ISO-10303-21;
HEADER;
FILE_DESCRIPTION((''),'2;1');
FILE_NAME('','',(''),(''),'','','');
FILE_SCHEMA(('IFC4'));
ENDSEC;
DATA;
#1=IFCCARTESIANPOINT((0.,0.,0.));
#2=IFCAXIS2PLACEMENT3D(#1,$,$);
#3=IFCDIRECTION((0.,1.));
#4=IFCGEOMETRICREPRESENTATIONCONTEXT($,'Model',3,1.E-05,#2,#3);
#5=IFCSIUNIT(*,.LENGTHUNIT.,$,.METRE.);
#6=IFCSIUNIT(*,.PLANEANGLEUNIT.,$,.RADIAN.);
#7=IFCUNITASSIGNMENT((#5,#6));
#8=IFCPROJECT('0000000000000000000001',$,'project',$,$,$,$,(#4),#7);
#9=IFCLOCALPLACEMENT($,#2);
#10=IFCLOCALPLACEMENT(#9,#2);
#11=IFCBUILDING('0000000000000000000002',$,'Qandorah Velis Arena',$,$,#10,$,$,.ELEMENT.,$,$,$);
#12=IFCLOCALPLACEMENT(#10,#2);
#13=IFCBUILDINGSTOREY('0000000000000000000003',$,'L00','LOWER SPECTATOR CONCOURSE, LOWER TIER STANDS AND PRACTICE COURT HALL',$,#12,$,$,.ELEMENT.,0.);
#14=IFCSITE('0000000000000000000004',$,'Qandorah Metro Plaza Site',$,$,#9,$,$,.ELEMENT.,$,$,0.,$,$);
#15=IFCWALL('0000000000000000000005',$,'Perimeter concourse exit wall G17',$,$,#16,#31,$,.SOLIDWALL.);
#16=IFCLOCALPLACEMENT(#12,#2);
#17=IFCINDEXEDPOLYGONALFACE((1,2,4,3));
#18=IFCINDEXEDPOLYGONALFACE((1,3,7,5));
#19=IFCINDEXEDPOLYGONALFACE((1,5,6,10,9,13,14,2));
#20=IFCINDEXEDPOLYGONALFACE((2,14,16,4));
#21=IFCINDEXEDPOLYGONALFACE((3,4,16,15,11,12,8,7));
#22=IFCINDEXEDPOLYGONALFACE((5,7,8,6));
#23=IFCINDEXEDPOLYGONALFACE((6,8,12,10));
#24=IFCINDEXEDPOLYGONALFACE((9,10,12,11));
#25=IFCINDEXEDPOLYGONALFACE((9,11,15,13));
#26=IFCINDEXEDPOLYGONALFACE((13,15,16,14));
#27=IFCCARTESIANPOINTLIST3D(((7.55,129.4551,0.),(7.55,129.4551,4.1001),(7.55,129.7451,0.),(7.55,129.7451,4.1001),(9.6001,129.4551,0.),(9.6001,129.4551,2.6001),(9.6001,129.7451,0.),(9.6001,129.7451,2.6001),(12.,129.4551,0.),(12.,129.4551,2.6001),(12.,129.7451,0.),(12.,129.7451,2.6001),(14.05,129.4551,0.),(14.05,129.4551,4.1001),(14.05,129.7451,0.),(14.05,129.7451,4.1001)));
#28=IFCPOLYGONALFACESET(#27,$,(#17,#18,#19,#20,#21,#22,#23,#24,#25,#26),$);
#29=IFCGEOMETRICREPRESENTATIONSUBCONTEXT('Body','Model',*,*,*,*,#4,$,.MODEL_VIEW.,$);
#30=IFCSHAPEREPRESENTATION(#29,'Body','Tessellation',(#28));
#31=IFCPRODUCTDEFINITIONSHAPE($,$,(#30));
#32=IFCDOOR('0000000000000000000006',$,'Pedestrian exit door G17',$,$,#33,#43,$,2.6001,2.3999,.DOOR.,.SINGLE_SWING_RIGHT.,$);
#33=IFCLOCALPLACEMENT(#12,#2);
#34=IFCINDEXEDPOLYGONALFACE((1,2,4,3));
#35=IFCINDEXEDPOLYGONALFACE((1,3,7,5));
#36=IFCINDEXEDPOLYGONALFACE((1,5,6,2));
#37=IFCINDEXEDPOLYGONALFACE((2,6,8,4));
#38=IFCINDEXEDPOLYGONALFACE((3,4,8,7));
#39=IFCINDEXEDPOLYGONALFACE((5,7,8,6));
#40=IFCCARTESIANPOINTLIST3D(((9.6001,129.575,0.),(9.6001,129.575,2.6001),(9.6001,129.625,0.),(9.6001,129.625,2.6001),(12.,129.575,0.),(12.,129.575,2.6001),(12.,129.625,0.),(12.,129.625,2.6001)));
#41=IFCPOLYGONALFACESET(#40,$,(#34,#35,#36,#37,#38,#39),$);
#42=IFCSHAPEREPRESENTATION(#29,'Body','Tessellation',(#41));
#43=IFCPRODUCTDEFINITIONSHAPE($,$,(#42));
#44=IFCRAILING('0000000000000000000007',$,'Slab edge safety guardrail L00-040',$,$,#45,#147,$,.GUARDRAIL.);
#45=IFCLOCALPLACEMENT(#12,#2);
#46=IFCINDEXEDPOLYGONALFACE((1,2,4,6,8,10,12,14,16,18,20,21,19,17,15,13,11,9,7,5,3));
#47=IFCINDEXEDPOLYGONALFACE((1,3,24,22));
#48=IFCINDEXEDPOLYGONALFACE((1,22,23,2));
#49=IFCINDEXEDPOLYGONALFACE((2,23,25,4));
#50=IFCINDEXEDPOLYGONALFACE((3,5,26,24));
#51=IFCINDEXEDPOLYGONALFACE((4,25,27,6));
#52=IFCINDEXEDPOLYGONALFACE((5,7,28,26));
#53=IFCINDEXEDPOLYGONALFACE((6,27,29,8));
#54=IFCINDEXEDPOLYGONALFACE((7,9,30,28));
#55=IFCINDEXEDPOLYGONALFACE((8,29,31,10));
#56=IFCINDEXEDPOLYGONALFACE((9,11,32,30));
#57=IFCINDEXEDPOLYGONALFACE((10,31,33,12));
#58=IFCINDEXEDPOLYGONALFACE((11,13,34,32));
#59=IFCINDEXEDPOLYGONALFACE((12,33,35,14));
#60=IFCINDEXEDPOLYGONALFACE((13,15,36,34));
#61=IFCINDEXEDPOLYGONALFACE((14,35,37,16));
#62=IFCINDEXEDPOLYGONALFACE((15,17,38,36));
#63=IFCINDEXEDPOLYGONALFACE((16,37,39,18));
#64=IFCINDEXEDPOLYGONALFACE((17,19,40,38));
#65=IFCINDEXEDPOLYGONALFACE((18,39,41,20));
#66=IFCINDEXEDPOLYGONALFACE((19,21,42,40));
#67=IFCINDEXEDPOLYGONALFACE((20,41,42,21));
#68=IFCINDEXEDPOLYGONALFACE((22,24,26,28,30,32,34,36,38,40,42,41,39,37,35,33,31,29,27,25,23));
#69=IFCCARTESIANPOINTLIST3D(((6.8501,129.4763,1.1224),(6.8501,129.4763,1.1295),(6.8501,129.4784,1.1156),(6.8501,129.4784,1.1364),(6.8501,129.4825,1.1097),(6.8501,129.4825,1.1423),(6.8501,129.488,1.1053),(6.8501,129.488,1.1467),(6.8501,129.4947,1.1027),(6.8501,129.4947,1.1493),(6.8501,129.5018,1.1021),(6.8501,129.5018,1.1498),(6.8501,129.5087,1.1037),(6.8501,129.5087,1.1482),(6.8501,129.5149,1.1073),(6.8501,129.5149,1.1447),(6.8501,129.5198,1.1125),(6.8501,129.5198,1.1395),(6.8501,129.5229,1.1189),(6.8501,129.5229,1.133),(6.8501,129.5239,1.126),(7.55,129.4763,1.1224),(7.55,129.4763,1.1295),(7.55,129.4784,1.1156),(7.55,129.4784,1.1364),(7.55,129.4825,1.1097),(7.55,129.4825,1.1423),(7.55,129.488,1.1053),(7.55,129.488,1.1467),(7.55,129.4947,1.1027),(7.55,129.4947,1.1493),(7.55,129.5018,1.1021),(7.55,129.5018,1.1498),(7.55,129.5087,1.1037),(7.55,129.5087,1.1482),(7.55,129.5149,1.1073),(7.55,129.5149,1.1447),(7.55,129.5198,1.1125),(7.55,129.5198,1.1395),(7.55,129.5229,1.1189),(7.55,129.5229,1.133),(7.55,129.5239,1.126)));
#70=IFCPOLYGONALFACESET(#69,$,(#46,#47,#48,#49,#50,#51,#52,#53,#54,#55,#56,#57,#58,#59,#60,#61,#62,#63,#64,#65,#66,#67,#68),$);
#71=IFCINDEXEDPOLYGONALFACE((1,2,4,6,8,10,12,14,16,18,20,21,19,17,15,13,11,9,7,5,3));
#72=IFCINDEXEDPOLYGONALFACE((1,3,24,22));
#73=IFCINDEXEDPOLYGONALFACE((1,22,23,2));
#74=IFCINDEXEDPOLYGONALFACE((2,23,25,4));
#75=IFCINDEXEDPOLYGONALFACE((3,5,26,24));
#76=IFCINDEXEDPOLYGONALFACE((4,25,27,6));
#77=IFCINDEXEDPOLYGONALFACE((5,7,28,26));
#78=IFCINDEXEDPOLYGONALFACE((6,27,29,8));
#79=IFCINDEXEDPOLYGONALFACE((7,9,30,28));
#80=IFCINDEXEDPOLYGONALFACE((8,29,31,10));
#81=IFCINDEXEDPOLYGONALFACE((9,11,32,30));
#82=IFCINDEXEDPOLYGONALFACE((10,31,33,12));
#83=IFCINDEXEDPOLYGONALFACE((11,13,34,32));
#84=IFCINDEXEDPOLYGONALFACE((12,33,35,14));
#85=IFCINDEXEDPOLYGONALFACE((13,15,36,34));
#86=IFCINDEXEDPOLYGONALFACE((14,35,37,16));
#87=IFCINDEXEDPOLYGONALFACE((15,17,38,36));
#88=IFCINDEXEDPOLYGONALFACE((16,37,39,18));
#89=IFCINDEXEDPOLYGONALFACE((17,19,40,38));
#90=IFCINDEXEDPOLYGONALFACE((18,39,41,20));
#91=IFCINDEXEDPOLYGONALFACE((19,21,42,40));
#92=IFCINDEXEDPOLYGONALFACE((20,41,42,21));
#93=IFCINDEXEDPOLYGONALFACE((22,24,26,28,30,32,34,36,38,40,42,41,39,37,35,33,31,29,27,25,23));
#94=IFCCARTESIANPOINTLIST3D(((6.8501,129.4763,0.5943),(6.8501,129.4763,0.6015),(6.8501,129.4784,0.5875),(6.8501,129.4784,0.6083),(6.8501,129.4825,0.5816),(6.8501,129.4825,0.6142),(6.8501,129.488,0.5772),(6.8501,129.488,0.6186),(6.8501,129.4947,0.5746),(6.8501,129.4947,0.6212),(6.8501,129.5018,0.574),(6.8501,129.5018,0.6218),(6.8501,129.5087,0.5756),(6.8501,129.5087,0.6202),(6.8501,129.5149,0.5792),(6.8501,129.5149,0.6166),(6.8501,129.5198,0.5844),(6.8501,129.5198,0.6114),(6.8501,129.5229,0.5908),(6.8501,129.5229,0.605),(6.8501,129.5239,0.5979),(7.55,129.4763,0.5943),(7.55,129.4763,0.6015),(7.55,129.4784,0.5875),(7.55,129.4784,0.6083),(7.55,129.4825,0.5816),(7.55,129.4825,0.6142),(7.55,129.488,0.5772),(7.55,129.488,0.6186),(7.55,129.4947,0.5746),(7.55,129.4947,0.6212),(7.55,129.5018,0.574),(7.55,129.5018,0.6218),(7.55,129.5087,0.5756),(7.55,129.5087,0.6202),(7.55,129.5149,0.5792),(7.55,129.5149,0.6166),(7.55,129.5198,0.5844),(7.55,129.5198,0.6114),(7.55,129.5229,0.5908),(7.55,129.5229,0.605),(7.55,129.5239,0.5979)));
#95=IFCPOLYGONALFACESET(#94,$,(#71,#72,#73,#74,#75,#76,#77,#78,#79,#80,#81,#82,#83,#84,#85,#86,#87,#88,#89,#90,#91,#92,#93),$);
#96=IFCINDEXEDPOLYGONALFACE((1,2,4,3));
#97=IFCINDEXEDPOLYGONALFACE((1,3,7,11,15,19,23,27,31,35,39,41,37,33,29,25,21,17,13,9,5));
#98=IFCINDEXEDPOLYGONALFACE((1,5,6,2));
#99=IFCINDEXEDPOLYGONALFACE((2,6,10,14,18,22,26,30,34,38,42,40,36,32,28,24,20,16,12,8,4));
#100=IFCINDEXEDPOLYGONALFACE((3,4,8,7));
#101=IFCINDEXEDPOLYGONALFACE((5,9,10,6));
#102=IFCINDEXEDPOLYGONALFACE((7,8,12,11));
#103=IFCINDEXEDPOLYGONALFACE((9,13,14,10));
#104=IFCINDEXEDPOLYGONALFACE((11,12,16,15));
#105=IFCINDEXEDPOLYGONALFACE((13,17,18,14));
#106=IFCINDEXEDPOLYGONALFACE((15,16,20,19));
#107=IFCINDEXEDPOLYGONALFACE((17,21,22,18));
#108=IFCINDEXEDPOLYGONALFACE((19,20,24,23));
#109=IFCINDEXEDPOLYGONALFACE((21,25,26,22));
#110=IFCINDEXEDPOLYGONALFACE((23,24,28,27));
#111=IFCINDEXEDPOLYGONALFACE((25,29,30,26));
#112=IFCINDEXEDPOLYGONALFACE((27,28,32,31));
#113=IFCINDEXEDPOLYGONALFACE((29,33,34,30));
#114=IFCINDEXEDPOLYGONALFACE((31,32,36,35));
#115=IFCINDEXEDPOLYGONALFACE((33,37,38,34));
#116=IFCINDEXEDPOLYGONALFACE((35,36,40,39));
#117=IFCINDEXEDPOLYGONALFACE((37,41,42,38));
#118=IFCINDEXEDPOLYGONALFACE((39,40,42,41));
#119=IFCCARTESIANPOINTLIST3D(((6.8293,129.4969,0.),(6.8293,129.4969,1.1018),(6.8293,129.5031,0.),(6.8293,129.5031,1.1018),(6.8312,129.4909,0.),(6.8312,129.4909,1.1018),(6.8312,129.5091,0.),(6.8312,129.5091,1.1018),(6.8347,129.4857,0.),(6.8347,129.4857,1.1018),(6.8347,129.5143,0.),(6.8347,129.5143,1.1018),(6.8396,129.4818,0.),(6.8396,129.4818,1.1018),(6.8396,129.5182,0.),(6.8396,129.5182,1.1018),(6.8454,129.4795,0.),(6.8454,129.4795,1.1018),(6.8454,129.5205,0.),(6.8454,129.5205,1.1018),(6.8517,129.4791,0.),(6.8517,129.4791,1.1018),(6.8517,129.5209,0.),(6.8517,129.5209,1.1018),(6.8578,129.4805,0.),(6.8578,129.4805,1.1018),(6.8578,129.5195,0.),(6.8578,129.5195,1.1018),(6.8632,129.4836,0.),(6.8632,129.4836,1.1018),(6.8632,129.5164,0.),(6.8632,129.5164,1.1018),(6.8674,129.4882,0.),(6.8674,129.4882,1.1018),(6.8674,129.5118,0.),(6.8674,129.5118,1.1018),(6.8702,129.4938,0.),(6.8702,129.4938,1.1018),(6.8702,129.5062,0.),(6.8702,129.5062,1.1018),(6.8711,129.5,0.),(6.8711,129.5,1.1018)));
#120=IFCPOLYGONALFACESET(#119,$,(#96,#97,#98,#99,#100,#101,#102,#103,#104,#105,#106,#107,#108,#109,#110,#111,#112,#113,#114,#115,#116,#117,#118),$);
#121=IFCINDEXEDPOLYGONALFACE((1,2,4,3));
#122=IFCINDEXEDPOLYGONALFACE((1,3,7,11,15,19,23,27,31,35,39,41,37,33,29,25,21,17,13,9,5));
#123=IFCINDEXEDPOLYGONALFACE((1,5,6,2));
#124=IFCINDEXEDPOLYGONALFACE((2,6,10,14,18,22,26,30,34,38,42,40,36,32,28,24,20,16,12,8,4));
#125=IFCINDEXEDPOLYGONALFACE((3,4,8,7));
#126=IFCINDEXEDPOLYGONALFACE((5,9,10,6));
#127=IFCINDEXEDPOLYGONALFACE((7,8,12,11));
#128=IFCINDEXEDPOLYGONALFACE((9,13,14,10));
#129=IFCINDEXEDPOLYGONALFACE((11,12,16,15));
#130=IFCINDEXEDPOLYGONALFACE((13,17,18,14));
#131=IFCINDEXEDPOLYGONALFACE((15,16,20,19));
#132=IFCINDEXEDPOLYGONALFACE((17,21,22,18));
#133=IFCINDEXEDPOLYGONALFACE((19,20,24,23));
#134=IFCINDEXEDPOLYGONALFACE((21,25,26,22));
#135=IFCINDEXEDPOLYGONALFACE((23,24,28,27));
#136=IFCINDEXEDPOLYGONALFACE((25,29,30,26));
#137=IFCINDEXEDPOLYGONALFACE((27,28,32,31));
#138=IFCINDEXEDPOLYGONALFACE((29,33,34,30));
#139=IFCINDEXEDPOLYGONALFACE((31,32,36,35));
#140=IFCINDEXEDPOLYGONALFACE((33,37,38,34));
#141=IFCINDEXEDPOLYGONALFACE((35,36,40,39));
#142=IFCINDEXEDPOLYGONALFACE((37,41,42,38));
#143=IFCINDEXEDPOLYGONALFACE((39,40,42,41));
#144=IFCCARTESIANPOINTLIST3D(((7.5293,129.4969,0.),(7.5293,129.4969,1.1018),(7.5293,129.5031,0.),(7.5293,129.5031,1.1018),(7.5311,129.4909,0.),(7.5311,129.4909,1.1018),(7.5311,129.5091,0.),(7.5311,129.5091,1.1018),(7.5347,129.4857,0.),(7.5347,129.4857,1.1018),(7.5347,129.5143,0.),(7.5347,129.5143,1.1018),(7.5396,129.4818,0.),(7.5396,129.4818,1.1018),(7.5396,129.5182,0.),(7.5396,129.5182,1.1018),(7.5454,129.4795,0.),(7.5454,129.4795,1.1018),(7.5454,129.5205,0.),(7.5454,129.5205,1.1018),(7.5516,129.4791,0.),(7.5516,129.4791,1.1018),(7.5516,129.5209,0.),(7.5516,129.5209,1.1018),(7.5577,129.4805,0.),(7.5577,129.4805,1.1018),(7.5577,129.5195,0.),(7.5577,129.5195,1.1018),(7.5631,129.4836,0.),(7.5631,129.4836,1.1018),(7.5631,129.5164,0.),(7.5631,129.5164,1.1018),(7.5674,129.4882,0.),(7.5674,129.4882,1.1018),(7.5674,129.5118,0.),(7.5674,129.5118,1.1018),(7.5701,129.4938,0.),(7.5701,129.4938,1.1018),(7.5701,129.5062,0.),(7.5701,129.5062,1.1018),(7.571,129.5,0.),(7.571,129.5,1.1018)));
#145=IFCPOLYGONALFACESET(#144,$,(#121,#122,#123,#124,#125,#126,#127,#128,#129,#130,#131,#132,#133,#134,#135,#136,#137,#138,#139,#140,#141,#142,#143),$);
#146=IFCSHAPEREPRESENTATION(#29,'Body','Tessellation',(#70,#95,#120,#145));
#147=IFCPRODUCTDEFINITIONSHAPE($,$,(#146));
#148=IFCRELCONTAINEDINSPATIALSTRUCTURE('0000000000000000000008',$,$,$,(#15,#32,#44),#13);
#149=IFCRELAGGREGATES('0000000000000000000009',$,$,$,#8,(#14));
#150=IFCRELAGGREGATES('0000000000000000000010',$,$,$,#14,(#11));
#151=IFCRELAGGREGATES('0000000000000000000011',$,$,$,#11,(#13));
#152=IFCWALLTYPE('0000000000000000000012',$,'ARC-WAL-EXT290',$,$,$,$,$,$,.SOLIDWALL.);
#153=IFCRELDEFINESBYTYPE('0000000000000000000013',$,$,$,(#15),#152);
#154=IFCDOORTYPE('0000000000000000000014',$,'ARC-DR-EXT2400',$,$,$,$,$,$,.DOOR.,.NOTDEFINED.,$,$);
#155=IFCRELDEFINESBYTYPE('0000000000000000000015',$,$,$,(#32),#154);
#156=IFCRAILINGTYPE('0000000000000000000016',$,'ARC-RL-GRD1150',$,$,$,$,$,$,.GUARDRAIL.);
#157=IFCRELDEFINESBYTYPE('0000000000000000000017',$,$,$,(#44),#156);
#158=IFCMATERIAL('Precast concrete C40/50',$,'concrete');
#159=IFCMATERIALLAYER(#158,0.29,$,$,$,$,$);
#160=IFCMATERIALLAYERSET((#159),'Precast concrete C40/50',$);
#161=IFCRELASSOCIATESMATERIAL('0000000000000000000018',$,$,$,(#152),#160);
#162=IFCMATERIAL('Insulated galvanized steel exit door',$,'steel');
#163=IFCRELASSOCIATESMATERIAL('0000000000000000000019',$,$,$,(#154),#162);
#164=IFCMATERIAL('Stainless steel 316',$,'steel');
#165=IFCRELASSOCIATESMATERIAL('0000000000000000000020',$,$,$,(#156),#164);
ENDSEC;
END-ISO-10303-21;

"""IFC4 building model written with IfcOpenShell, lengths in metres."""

from ifc_helpers import new_model, si_unit, direction, frame, frame_2d, origin, origin_2d, place, context, subcontext, project, spatial, rectangle, circle, extrude, material, layer, layer_set, type_object, element, fill, save


model = new_model("IFC4")

# Units and contexts
model_context = context("Model", 3, precision=1e-05, world=origin(), true_north=direction((0.0, 1.0)))
body_context = subcontext(model_context, "Body", "Model", "MODEL_VIEW")
ifc_project = project(units=[si_unit("LENGTHUNIT", "METRE"), si_unit("PLANEANGLEUNIT", "RADIAN")], contexts=[model_context])

# Site, building, storey
site_placement = place(None, origin())
site = spatial("IfcSite", under=ifc_project, at=site_placement, Name="Qandorah Metro Plaza Site", CompositionType="ELEMENT", RefElevation=0.0)
building_placement = place(site_placement, origin())
building = spatial("IfcBuilding", under=site, at=building_placement, Name="Qandorah Velis Arena", CompositionType="ELEMENT")
storey_placement = place(building_placement, origin())
storey = spatial("IfcBuildingStorey", under=building, at=storey_placement, Name="L00", Description="LOWER SPECTATOR CONCOURSE, LOWER TIER STANDS AND PRACTICE COURT HALL", CompositionType="ELEMENT", Elevation=0.0)

# Wall, opening, door
ifc_material_1 = material(Name="Precast concrete C40/50", Category="concrete")
ifc_layer_1 = layer(ifc_material_1, 0.29)
ifc_layer_set_1 = layer_set([ifc_layer_1], Name="Precast concrete C40/50")
wall_type_1 = type_object("IfcWallType", Name="ARC-WAL-EXT290", PredefinedType="SOLIDWALL", material=ifc_layer_set_1)
ifc_material_2 = material(Name="Insulated galvanized steel exit door", Category="steel")
wall_1_placement = place(storey_placement, frame((7.55, 129.6001, 0.0), z_axis=(0.0, 0.0, 1.0), x_axis=(1.0, 0.0, 0.0)))
wall_1 = element("IfcWall", 1, at=wall_1_placement, inside=storey, type_object=wall_type_1, Name="Perimeter concourse exit wall G17", PredefinedType="SOLIDWALL", context=body_context, shape_type="SweptSolid", body=[
    extrude(rectangle(XDim=6.5, YDim=0.29, at=frame_2d((3.25, 0.0))), origin(), (0.0, 0.0, 1.0), 4.1001),
])
opening_1_placement = place(wall_1_placement, frame((2.05, 0.0, 0.0)))
opening_1 = element("IfcOpeningElement", 2, at=opening_1_placement, cuts=wall_1, PredefinedType="OPENING", context=body_context, shape_type="SweptSolid", body=[
    extrude(rectangle(XDim=2.3999, YDim=2.6001, at=frame_2d((1.2, 1.3))), frame((0.0, 0.155, 0.0), z_axis=(0.0, -1.0, 0.0), x_axis=(1.0, 0.0, 0.0)), (0.0, 0.0, 1.0), 0.3101),
])
door_type_1 = type_object("IfcDoorType", Name="ARC-DR-EXT2400", OperationType="NOTDEFINED", PredefinedType="DOOR", material=ifc_material_2)
door_1_placement = place(opening_1_placement, origin())
door_1 = element("IfcDoor", 3, at=door_1_placement, inside=storey, type_object=door_type_1, Name="Pedestrian exit door G17", OperationType="SINGLE_SWING_RIGHT", OverallHeight=2.6001, OverallWidth=2.3999, PredefinedType="DOOR", context=body_context, shape_type="SweptSolid", body=[
    extrude(rectangle(XDim=2.3999, YDim=2.6001, at=frame_2d((1.2, 1.3))), frame((0.0, 0.0249, 0.0), z_axis=(0.0, -1.0, 0.0), x_axis=(1.0, 0.0, 0.0)), (0.0, 0.0, 1.0), 0.05),
])
fill(opening_1, door_1)

# Railing
ifc_material_3 = material(Name="Stainless steel 316", Category="steel")
railing_type = type_object("IfcRailingType", Name="ARC-RL-GRD1150", PredefinedType="GUARDRAIL", material=ifc_material_3)
for number, where, name in (
    (4, (6.8501, 129.5, 0.0), "Slab edge safety guardrail L00-040"),
):
    element("IfcRailing", number, at=place(storey_placement, frame(where)), inside=storey, type_object=railing_type, Name=name, PredefinedType="GUARDRAIL", context=body_context, shape_type="SweptSolid", body=[
        extrude(circle(Radius=0.0239, at=origin_2d()), frame((0.0, 0.0, 1.126), z_axis=(1.0, 0.0, 0.0), x_axis=(0.0, 1.0, 0.0)), (0.0, 0.0, 1.0), 0.7),
        extrude(circle(Radius=0.0239, at=origin_2d()), frame((0.0, 0.0, 0.5979), z_axis=(1.0, 0.0, 0.0), x_axis=(0.0, 1.0, 0.0)), (0.0, 0.0, 1.0), 0.7),
        extrude(circle(Radius=0.021, at=origin_2d()), origin(), (0.0, 0.0, 1.0), 1.1018),
        extrude(circle(Radius=0.021, at=origin_2d()), frame((0.7, 0.0, 0.0)), (0.0, 0.0, 1.0), 1.1018),
    ])

save(model, "model.ifc")
